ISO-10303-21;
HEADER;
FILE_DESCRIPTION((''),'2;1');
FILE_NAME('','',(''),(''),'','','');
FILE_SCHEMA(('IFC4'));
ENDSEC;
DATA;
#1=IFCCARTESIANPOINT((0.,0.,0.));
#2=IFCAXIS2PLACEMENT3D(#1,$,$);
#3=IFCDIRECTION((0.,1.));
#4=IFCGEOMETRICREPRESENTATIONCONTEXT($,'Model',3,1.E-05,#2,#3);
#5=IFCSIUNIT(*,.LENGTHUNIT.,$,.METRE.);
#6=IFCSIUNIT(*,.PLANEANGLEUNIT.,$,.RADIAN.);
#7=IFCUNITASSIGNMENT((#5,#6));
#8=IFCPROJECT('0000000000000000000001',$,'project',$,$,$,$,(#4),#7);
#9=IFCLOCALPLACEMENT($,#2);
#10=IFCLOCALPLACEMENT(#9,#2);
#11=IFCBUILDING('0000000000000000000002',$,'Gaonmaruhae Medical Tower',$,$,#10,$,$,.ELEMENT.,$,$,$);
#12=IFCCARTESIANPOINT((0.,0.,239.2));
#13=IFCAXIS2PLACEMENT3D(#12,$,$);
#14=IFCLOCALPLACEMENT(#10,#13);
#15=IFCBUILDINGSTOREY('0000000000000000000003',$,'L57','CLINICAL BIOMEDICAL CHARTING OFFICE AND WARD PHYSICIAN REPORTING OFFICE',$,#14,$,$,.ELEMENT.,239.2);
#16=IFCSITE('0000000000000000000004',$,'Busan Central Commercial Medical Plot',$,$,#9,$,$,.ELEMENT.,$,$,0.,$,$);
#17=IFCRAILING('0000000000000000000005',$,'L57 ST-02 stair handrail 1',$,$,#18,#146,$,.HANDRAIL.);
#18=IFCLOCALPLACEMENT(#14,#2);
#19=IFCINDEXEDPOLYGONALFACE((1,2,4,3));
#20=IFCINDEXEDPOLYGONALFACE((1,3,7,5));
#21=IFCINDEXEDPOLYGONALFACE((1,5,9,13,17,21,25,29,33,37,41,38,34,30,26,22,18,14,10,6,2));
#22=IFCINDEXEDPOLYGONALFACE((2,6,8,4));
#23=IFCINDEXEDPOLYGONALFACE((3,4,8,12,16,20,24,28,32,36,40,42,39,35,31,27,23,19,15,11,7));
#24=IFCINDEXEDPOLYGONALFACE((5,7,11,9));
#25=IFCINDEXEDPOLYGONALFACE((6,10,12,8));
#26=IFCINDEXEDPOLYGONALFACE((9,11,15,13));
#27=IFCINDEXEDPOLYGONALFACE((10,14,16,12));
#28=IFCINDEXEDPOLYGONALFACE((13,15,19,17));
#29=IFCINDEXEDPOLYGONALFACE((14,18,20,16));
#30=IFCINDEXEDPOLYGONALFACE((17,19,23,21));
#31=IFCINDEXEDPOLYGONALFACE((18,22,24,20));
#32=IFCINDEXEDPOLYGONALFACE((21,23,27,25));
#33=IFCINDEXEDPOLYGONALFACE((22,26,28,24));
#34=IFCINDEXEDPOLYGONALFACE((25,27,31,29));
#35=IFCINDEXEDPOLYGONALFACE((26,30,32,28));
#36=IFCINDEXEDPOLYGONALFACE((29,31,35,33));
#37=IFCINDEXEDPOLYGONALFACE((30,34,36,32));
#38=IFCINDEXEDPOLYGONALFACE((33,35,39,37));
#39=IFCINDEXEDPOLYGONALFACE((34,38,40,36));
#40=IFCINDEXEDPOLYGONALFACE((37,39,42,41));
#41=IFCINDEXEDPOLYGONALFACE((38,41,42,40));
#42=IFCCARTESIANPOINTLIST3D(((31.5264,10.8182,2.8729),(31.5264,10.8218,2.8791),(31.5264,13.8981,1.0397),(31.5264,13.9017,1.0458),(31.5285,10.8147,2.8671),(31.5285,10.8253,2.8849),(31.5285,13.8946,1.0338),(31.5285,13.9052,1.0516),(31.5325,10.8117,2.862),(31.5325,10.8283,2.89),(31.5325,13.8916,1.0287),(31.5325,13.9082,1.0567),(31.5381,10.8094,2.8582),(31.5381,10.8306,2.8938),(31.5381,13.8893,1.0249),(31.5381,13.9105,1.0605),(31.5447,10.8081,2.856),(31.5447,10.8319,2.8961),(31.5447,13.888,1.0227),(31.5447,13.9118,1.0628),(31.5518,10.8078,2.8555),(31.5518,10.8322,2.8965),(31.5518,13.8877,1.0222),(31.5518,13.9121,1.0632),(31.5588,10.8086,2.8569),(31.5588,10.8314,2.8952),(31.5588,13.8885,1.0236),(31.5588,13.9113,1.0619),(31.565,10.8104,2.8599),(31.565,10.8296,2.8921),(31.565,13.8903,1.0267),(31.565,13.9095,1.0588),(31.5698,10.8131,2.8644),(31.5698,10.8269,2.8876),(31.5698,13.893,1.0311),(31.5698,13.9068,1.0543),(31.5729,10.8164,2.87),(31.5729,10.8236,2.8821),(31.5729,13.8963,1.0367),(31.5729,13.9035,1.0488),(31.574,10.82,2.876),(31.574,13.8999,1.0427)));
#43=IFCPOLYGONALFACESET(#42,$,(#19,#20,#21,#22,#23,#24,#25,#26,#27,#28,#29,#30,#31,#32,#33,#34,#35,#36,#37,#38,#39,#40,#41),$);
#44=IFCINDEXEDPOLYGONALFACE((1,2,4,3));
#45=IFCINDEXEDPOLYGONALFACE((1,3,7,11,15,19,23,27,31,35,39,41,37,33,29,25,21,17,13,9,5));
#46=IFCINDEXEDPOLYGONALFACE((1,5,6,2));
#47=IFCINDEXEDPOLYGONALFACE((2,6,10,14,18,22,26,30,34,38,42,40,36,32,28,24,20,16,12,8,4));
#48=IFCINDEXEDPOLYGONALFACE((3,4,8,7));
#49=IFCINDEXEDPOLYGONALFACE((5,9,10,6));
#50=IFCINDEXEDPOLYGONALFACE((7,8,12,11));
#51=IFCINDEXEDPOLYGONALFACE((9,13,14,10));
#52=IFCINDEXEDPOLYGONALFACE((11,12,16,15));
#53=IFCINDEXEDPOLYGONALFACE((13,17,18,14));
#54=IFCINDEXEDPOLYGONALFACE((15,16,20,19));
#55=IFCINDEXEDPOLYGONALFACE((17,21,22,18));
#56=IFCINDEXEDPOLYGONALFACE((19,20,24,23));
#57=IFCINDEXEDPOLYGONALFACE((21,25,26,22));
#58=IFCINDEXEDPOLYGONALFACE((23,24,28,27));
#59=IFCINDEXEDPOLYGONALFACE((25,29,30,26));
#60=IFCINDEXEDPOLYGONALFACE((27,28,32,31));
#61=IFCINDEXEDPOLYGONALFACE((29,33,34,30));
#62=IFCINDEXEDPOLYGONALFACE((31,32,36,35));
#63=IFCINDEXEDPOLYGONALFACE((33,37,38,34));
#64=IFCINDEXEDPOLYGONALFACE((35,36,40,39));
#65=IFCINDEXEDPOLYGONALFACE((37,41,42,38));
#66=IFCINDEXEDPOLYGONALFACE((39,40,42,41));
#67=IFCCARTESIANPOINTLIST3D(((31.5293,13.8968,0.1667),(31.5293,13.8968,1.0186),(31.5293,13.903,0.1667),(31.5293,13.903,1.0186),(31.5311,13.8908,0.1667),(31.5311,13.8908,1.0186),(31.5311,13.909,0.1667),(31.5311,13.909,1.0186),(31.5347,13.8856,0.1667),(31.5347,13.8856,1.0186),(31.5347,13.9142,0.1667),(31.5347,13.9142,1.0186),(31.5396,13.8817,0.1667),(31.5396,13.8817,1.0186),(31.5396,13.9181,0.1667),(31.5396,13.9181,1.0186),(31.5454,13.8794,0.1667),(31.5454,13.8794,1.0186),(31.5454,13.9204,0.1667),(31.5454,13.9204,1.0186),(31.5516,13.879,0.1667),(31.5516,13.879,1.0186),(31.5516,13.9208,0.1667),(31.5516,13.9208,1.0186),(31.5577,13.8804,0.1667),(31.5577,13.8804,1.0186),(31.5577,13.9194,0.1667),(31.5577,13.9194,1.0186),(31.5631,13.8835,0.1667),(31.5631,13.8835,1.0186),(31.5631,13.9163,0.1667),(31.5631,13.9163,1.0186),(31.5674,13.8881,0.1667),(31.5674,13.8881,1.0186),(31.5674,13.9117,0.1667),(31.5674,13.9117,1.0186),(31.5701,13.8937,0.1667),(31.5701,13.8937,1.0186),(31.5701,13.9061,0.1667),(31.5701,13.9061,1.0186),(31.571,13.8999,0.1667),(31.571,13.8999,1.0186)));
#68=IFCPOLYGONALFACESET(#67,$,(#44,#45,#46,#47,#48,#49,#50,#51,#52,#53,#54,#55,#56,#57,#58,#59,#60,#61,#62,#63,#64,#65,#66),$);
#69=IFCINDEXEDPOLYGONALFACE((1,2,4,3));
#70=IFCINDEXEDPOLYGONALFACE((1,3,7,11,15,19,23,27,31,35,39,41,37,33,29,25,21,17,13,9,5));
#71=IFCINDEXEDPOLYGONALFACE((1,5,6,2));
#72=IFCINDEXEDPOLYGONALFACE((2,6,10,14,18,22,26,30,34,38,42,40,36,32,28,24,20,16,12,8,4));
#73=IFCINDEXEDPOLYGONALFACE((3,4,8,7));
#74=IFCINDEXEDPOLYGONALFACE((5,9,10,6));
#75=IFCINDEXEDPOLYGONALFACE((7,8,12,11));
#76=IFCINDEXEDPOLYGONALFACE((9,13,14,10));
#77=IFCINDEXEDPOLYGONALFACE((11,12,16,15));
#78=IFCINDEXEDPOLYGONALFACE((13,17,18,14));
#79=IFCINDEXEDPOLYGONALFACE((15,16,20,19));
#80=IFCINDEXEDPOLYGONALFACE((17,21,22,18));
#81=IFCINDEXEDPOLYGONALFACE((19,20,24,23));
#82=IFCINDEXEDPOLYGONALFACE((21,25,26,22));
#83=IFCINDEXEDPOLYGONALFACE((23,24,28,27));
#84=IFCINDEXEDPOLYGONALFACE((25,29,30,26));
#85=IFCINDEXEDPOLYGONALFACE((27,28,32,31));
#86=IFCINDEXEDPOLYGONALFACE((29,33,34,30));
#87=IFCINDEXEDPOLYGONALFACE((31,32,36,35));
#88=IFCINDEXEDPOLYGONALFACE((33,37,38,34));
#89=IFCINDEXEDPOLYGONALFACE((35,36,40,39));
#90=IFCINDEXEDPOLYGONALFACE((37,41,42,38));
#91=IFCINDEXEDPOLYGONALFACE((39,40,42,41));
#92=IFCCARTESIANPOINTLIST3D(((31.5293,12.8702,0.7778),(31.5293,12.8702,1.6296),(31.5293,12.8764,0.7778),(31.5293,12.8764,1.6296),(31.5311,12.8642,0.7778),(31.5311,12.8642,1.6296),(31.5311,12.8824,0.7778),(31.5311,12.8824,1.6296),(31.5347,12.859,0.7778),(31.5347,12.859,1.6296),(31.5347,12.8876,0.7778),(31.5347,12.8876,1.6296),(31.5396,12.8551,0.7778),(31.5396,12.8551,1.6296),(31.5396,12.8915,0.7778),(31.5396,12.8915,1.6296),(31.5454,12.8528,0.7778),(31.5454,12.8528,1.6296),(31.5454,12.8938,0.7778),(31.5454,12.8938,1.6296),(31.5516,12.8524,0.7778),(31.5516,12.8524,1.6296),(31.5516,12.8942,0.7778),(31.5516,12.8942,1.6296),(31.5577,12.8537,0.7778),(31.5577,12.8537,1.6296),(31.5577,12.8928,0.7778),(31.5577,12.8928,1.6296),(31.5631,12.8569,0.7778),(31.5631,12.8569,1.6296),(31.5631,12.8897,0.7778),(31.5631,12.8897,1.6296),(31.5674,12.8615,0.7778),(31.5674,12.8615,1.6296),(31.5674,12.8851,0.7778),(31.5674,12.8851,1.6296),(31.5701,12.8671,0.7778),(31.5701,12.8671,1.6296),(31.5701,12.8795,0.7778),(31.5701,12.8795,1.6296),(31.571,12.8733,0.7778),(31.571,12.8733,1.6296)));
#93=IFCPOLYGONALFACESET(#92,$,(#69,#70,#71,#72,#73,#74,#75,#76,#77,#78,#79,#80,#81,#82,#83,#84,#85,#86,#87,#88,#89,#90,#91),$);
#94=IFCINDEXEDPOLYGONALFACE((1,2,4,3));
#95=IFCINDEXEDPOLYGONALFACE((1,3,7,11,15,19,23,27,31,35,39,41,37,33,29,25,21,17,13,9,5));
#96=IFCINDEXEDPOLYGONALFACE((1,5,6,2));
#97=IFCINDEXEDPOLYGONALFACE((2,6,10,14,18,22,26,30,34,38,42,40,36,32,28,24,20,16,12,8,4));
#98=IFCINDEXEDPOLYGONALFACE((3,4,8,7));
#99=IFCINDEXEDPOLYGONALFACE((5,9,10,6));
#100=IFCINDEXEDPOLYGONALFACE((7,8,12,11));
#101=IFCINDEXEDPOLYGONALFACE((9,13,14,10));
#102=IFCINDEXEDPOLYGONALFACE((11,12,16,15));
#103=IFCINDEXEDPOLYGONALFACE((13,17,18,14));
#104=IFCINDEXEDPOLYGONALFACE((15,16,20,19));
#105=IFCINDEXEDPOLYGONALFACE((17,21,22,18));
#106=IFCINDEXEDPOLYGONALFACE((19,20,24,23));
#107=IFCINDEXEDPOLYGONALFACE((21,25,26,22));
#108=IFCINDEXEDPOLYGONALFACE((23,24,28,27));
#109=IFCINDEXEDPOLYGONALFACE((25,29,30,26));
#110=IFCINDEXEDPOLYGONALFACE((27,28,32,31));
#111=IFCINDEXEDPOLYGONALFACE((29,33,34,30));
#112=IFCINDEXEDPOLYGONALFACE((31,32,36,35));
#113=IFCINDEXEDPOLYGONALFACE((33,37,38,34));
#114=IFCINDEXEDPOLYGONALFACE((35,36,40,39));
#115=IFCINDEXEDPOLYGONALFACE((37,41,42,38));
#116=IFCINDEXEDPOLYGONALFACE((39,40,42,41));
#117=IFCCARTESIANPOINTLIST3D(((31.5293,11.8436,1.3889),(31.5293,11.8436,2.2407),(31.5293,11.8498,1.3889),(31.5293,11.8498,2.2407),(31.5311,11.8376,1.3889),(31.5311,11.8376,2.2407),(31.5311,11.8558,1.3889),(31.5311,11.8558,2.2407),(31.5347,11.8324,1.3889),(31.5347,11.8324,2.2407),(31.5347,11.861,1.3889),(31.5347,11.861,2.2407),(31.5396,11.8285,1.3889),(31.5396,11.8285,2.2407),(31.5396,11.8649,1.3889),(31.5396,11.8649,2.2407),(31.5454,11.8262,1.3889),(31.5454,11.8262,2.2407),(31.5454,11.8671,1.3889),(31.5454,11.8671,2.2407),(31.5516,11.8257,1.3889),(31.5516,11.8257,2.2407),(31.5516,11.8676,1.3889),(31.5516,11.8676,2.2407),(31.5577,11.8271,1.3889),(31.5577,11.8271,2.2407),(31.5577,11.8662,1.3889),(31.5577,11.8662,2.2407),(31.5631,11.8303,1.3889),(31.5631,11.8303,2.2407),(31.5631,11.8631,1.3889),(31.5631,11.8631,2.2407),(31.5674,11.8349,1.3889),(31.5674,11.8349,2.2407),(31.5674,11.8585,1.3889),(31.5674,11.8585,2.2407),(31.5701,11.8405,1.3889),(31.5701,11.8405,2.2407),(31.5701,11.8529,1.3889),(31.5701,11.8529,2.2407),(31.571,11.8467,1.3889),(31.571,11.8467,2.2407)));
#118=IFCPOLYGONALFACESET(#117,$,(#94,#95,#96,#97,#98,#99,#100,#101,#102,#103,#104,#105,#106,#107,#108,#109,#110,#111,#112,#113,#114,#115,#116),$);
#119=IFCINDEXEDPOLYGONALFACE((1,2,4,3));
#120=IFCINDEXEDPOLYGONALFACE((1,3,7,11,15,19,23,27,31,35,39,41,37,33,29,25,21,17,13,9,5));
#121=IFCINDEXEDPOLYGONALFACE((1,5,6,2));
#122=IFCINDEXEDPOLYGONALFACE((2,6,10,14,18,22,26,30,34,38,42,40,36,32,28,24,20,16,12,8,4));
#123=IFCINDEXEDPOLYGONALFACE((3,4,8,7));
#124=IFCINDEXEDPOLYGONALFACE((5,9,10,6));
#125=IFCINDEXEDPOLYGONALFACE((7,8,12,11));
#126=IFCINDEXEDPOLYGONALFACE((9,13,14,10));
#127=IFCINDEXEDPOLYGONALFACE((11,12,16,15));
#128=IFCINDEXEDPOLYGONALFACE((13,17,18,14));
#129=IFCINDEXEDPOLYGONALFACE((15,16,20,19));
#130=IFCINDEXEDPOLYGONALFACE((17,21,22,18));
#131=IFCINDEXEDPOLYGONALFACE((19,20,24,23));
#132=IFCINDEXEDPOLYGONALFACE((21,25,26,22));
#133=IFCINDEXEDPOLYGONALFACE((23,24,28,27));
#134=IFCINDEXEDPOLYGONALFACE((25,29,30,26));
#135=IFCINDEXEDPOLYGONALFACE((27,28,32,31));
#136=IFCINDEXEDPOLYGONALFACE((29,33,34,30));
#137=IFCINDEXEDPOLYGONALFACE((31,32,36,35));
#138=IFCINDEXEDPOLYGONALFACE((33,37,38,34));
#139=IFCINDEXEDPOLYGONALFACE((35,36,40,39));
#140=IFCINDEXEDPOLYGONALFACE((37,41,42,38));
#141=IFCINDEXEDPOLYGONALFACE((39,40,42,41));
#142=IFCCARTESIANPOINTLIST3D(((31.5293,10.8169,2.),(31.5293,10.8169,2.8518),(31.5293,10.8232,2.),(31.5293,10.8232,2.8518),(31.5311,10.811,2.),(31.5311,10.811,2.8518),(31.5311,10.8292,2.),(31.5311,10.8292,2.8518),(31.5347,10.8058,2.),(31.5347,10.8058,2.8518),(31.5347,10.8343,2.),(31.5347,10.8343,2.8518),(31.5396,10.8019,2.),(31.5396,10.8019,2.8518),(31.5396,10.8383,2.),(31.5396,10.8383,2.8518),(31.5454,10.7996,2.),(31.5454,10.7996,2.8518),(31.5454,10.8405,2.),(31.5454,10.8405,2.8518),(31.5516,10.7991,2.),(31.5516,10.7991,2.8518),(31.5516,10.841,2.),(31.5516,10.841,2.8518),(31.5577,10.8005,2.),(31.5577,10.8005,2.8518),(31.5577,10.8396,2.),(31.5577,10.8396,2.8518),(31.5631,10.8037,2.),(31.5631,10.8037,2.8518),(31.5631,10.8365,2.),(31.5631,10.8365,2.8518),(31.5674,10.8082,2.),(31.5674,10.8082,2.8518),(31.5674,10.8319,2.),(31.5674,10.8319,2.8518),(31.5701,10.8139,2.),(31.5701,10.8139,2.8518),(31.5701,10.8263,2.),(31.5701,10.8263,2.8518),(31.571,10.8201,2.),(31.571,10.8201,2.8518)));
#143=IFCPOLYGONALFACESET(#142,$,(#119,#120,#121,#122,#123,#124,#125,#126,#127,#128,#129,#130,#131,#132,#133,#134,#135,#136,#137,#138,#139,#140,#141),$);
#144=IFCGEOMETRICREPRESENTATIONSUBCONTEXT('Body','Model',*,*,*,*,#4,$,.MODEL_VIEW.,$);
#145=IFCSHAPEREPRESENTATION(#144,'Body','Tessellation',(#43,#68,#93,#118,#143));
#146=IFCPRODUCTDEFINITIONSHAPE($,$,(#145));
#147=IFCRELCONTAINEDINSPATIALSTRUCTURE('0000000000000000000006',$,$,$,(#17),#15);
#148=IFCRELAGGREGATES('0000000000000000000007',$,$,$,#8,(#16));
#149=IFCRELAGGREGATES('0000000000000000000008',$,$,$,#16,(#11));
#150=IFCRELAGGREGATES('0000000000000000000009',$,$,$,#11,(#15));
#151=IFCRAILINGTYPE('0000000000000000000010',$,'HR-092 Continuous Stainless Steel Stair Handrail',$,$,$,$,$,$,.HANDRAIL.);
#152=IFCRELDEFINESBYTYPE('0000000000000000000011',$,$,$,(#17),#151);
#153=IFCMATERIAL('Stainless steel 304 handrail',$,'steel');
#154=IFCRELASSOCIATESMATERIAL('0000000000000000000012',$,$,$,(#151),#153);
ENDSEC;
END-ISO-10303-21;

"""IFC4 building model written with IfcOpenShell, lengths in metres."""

from ifc_helpers import new_model, si_unit, direction, frame, origin, origin_2d, place, context, subcontext, project, spatial, circle, extrude, material, type_object, element, save


model = new_model("IFC4")

# Units and contexts
model_context = context("Model", 3, precision=1e-05, world=origin(), true_north=direction((0.0, 1.0)))
body_context = subcontext(model_context, "Body", "Model", "MODEL_VIEW")
ifc_project = project(units=[si_unit("LENGTHUNIT", "METRE"), si_unit("PLANEANGLEUNIT", "RADIAN")], contexts=[model_context])

# Site, building, storey
site_placement = place(None, origin())
site = spatial("IfcSite", under=ifc_project, at=site_placement, Name="Busan Central Commercial Medical Plot", CompositionType="ELEMENT", RefElevation=0.0)
building_placement = place(site_placement, origin())
building = spatial("IfcBuilding", under=site, at=building_placement, Name="Gaonmaruhae Medical Tower", CompositionType="ELEMENT")
storey_placement = place(building_placement, frame((0.0, 0.0, 239.2)))
storey = spatial("IfcBuildingStorey", under=building, at=storey_placement, Name="L57", Description="CLINICAL BIOMEDICAL CHARTING OFFICE AND WARD PHYSICIAN REPORTING OFFICE", CompositionType="ELEMENT", Elevation=239.2)

# Railing
ifc_material_1 = material(Name="Stainless steel 304 handrail", Category="steel")
railing_type_1 = type_object("IfcRailingType", Name="HR-092 Continuous Stainless Steel Stair Handrail", PredefinedType="HANDRAIL", material=ifc_material_1)
railing_1_placement = place(storey_placement, frame((31.55, 13.8999, 0.1667)))
element("IfcRailing", 1, at=railing_1_placement, inside=storey, type_object=railing_type_1, Name="L57 ST-02 stair handrail 1", PredefinedType="HANDRAIL", context=body_context, shape_type="SweptSolid", body=[
    extrude(circle(Radius=0.0239, at=origin_2d()), frame((0.0, 0.0, 0.876), z_axis=(0.0, -0.859291, 0.511487), x_axis=(1.0, 0.0, 0.0)), (0.0, 0.0, 1.0), 3.5842),
    extrude(circle(Radius=0.021, at=origin_2d()), origin(), (0.0, 0.0, 1.0), 0.8518),
    extrude(circle(Radius=0.021, at=origin_2d()), frame((0.0, -1.0266, 0.6111)), (0.0, 0.0, 1.0), 0.8518),
    extrude(circle(Radius=0.021, at=origin_2d()), frame((0.0, -2.0532, 1.2222)), (0.0, 0.0, 1.0), 0.8518),
    extrude(circle(Radius=0.021, at=origin_2d()), frame((0.0, -3.0798, 1.8333)), (0.0, 0.0, 1.0), 0.8518),
])

save(model, "model.ifc")
